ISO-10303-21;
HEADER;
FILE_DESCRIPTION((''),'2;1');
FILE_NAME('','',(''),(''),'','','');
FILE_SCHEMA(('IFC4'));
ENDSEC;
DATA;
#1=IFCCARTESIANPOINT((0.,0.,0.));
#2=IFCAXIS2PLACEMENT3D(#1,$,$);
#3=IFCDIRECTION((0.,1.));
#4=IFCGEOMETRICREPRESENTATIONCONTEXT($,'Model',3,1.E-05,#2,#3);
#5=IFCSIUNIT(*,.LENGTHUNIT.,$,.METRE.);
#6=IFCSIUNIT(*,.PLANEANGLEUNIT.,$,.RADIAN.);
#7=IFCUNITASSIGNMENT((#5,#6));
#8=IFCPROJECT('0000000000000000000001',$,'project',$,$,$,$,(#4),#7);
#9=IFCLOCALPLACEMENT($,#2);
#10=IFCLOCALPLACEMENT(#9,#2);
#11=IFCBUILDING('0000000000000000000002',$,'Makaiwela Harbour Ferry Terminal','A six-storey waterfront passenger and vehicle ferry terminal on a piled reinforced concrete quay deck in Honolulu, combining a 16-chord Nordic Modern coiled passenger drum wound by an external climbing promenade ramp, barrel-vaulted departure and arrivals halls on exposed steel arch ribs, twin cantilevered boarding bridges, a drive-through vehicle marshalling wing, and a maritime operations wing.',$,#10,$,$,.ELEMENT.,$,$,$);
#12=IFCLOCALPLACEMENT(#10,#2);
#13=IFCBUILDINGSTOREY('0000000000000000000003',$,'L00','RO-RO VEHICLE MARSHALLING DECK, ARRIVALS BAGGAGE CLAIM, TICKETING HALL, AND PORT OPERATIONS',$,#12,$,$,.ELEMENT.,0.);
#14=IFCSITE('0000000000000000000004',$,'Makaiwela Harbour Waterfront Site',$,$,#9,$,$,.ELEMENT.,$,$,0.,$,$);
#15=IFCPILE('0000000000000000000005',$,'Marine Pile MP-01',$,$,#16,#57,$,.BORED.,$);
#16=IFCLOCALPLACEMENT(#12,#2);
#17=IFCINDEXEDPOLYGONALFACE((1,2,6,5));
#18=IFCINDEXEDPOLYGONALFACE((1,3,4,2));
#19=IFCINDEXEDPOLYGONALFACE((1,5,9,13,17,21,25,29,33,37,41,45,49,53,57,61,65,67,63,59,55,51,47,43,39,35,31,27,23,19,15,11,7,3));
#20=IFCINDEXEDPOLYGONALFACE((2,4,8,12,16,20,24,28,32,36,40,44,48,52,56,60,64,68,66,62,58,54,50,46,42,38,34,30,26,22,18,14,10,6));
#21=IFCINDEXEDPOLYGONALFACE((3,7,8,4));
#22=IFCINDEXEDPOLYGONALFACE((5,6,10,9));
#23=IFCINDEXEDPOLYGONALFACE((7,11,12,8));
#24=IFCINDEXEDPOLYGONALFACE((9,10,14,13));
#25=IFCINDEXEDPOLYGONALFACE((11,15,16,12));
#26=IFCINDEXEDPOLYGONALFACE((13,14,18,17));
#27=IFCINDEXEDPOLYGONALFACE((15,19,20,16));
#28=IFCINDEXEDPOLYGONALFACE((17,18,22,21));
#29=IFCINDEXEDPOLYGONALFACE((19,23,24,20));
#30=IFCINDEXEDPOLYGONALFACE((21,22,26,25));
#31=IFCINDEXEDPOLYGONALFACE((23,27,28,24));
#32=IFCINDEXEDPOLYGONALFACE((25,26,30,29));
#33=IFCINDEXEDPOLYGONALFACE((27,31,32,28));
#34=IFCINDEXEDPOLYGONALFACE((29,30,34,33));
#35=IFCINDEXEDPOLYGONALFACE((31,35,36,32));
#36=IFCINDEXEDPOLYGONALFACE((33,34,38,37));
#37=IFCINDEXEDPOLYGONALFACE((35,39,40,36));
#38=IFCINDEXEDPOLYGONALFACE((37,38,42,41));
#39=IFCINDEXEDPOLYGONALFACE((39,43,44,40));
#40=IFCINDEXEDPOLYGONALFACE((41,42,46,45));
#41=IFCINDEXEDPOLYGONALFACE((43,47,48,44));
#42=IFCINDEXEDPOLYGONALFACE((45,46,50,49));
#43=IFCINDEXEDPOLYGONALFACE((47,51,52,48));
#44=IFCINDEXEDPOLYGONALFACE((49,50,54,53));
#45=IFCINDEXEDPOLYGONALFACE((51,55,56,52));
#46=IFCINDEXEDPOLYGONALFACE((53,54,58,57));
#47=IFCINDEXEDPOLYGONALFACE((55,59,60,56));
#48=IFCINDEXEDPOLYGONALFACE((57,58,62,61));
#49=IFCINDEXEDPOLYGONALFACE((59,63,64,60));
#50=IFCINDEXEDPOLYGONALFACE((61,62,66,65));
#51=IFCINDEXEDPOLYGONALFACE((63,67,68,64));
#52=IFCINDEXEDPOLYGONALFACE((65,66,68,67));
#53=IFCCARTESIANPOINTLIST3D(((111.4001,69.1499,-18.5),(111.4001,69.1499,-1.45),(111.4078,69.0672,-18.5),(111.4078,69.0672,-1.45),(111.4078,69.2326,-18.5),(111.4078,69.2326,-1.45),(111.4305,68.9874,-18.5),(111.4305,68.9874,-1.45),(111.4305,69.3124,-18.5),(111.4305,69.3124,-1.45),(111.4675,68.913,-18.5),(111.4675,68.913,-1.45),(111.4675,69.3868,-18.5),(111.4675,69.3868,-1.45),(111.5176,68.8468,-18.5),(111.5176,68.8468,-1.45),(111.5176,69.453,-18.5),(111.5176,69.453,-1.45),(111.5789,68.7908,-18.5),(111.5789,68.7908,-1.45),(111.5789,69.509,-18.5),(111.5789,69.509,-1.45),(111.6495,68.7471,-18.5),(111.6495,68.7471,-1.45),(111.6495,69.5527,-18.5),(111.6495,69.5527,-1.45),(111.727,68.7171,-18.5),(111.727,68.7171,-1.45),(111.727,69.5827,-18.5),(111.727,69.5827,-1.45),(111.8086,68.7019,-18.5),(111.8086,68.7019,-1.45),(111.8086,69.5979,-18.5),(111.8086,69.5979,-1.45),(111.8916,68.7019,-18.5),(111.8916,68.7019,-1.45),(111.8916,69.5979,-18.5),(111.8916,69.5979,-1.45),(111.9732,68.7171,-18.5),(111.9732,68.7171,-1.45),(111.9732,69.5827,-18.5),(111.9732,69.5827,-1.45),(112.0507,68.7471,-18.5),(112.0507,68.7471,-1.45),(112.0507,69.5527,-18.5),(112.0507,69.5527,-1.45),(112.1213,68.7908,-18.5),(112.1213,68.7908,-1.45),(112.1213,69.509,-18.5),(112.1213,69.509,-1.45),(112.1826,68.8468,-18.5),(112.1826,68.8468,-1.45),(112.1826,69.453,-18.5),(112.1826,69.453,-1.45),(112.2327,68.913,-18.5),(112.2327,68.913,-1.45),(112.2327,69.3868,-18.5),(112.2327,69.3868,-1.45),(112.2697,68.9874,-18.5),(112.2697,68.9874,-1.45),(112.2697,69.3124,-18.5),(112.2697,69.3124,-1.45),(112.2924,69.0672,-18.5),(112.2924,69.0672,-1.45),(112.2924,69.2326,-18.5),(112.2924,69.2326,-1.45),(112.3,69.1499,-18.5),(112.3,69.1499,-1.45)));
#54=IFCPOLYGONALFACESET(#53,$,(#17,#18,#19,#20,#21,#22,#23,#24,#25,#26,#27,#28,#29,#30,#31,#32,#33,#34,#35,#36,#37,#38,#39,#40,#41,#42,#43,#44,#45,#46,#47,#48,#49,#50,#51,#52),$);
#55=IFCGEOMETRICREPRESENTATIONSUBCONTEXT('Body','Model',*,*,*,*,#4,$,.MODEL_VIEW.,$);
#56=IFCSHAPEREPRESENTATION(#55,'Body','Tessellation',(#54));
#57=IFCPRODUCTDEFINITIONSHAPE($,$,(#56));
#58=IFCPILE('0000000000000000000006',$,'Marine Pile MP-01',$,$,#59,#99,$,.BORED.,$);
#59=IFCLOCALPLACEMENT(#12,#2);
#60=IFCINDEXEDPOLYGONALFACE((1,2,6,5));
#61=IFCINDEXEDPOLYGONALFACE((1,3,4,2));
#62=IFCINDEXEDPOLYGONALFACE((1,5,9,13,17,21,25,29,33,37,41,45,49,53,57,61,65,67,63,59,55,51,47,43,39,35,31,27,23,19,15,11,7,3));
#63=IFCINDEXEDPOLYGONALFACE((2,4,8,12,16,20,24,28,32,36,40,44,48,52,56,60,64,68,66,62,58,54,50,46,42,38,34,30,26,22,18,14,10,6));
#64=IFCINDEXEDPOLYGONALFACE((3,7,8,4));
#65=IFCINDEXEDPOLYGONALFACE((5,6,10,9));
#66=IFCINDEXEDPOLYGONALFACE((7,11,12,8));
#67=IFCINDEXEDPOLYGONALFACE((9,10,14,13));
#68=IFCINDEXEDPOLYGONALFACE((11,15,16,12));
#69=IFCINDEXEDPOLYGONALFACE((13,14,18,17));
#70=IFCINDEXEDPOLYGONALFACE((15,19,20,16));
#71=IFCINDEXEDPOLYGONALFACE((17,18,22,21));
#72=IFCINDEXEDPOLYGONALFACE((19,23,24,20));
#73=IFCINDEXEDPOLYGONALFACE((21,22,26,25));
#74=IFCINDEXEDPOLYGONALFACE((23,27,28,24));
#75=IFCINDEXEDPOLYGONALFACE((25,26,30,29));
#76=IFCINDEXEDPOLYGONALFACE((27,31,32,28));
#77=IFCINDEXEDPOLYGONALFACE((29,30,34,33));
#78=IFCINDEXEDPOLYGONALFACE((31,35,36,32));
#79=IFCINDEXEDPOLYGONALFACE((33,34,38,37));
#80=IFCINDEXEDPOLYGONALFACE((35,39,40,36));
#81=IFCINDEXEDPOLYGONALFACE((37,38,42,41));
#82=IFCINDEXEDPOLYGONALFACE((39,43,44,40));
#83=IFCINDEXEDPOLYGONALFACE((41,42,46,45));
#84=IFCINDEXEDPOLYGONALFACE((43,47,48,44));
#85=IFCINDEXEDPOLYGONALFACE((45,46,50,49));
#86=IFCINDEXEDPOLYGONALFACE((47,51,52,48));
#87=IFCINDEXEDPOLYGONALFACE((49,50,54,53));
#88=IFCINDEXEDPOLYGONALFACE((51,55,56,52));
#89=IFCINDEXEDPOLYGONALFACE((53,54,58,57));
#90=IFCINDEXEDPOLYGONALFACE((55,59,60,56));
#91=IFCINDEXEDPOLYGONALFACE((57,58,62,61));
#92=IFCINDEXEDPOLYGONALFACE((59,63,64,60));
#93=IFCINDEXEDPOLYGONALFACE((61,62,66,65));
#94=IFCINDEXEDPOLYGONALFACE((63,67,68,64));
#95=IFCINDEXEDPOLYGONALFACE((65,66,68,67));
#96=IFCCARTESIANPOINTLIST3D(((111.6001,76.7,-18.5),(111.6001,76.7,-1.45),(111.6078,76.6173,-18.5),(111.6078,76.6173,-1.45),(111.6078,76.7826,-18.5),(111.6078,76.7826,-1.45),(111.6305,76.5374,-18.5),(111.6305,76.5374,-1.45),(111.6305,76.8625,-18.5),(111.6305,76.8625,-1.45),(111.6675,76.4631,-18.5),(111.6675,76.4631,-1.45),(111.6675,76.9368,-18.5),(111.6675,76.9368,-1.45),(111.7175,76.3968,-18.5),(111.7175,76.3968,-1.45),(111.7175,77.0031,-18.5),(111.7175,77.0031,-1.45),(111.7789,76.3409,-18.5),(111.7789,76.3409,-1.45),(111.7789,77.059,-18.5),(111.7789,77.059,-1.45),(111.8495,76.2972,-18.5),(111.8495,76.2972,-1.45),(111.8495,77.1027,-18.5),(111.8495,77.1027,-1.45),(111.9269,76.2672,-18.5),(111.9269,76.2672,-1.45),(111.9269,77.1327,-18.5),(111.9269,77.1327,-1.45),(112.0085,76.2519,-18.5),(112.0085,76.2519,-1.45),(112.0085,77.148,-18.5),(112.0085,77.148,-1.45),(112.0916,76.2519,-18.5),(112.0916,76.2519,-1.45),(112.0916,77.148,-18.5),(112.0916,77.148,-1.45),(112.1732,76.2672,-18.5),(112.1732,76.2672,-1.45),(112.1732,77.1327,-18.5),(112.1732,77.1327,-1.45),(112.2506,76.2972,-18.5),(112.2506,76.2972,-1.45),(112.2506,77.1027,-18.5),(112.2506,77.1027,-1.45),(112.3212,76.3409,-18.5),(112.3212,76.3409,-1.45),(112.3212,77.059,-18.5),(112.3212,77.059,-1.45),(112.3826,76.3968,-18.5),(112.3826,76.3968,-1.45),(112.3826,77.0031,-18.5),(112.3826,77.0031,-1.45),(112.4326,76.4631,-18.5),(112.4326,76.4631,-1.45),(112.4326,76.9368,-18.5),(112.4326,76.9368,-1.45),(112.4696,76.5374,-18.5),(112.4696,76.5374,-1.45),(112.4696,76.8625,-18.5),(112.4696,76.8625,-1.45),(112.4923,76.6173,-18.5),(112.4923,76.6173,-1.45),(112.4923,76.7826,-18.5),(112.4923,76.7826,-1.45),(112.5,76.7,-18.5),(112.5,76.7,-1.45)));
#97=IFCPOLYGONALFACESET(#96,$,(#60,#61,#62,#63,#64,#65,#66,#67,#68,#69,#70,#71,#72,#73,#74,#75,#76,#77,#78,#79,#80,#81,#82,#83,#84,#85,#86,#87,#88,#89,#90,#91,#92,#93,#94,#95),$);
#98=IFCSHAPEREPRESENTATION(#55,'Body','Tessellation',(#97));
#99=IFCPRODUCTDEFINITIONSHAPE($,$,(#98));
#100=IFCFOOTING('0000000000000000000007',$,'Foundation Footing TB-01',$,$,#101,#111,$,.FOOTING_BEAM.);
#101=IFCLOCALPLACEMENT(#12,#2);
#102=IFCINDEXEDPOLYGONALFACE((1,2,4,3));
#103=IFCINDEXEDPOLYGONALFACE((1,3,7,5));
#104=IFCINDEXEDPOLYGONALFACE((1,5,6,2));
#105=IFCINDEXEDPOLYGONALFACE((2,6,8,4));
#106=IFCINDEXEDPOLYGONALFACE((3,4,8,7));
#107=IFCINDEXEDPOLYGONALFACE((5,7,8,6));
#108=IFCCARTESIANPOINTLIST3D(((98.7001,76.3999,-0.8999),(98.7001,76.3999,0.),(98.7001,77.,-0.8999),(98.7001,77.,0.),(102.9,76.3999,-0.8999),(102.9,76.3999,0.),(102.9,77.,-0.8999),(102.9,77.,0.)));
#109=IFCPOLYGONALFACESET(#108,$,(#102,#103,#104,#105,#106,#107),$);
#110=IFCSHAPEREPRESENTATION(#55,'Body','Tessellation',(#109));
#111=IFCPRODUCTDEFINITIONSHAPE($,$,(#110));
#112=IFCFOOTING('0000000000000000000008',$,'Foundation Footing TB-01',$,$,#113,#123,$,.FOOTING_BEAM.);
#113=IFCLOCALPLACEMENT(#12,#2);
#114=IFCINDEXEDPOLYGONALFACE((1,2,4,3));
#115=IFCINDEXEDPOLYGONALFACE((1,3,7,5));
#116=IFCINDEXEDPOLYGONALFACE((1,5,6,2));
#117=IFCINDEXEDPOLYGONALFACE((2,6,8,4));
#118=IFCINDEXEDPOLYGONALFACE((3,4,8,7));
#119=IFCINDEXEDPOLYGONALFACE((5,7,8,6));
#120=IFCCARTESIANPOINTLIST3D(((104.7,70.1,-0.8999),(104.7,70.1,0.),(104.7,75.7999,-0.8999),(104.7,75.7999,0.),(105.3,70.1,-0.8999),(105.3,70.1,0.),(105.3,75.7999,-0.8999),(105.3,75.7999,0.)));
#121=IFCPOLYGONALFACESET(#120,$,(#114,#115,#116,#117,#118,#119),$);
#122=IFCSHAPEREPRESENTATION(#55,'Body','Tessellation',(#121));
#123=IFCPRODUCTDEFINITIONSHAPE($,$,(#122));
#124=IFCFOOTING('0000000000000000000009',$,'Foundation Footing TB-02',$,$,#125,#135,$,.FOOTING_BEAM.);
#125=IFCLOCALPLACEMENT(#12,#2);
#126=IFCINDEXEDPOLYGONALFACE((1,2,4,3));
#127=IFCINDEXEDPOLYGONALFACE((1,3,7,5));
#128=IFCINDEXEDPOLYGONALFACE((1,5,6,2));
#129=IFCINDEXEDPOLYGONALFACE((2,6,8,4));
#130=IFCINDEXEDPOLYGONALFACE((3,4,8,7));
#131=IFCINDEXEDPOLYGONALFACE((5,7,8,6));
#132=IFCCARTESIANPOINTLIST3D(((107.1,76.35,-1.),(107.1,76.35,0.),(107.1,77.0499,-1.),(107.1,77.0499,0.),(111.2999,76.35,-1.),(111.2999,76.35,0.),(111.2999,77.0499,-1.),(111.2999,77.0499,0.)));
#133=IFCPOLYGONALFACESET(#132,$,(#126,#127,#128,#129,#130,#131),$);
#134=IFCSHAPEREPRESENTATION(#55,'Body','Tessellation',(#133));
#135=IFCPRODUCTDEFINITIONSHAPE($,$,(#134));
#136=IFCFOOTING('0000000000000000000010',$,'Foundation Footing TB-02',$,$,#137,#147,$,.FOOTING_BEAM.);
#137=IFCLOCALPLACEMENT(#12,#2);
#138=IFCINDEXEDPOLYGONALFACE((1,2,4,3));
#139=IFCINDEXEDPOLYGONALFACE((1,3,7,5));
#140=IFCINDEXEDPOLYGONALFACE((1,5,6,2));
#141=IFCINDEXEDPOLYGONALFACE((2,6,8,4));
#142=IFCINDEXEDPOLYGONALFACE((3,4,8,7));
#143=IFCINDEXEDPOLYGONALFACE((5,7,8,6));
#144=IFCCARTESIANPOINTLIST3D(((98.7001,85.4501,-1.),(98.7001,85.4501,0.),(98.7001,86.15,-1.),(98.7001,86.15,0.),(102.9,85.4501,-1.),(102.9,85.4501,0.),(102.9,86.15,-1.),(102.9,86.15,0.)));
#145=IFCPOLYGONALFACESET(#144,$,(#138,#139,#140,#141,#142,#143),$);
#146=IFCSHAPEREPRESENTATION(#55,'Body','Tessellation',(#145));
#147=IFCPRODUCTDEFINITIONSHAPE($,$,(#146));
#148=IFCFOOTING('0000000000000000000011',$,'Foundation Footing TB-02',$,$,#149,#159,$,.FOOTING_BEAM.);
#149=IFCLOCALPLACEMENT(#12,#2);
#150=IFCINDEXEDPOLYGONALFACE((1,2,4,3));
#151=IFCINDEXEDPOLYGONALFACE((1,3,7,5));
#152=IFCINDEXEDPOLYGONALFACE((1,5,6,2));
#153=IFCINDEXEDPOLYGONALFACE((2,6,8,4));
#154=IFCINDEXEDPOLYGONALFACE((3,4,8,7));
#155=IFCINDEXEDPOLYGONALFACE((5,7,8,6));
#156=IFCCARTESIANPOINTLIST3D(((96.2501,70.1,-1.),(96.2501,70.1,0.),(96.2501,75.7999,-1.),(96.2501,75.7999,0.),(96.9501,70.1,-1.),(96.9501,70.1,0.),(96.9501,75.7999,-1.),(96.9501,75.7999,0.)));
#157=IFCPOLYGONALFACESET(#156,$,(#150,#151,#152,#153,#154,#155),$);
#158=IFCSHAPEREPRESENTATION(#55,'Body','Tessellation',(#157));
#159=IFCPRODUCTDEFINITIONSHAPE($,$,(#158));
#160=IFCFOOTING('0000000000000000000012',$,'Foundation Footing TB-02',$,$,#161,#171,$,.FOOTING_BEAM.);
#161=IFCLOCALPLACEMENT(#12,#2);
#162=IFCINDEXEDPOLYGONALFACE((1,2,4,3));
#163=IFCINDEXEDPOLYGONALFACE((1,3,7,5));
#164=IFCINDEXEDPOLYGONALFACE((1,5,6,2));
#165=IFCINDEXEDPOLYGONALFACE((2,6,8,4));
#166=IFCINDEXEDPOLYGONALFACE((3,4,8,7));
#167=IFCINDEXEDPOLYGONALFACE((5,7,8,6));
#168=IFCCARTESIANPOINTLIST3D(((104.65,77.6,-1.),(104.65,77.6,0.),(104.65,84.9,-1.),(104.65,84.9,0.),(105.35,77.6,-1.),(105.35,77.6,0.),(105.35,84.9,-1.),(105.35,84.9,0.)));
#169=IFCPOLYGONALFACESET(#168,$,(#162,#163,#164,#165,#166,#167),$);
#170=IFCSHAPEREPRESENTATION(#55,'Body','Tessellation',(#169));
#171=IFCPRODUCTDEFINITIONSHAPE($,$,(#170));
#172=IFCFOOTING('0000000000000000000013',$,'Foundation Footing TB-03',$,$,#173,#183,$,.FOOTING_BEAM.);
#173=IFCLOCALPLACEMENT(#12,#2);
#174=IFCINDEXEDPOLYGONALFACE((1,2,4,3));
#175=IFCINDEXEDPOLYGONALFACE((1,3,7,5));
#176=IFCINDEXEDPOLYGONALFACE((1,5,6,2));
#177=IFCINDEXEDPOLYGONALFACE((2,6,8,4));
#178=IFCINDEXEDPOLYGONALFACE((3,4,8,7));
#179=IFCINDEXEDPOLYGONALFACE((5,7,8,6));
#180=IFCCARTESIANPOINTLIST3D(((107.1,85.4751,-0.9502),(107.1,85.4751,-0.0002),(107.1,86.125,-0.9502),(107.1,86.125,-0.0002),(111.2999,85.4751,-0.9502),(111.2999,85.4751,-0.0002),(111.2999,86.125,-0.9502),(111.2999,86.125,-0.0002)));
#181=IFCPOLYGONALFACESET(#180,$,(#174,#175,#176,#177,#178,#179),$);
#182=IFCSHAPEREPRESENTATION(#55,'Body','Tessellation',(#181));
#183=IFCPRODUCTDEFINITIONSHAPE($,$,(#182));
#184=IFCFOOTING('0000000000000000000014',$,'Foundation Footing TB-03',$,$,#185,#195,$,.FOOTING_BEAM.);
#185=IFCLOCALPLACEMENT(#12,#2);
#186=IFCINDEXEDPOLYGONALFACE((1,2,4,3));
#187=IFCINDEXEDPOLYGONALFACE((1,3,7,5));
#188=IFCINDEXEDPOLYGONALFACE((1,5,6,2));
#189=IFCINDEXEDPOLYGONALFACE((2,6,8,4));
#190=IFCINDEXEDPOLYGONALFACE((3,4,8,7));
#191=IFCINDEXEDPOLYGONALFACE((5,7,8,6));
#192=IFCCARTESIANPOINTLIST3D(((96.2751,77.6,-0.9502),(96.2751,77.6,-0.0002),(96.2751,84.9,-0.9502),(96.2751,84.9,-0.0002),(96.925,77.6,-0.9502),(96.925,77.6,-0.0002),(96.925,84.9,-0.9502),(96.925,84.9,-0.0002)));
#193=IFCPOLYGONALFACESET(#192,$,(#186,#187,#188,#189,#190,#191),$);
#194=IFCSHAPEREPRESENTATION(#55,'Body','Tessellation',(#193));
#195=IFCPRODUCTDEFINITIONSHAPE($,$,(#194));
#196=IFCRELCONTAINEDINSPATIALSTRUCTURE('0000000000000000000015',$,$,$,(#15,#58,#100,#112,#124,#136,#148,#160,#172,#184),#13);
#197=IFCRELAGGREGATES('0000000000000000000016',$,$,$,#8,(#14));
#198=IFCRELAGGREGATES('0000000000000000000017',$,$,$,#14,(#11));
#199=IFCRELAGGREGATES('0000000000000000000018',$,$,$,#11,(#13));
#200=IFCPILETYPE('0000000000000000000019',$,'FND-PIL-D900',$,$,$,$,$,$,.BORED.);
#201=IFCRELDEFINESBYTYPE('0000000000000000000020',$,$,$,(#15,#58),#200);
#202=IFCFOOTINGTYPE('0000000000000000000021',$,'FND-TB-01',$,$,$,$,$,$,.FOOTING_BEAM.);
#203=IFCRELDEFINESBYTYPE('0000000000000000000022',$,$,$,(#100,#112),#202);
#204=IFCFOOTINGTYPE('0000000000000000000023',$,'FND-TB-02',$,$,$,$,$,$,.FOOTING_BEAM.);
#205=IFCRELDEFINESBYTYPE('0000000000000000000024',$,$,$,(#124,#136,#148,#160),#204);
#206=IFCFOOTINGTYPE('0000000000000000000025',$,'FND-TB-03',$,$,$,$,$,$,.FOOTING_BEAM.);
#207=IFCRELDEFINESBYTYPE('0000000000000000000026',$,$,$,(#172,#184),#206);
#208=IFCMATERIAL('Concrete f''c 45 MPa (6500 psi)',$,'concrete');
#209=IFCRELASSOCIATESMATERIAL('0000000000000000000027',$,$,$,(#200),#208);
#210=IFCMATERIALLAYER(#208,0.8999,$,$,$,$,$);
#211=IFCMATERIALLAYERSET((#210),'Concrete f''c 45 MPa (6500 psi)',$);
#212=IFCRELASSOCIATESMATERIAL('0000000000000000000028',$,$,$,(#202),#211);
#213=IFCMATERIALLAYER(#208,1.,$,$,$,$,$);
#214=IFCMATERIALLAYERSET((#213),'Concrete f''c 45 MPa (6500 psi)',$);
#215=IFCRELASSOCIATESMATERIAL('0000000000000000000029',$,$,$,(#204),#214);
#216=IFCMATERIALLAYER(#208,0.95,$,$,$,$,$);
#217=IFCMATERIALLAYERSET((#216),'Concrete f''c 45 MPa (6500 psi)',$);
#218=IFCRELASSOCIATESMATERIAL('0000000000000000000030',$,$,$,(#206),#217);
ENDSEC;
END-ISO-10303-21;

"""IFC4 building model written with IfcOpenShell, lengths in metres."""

from ifc_helpers import new_model, si_unit, direction, frame, origin, origin_2d, place, context, subcontext, project, spatial, rectangle, circle, extrude, material, layer, layer_set, material_profile, profile_set, type_object, element, save


model = new_model("IFC4")

# Units and contexts
model_context = context("Model", 3, precision=1e-05, world=origin(), true_north=direction((0.0, 1.0)))
body_context = subcontext(model_context, "Body", "Model", "MODEL_VIEW")
ifc_project = project(units=[si_unit("LENGTHUNIT", "METRE"), si_unit("PLANEANGLEUNIT", "RADIAN")], contexts=[model_context])

# Site, building, storey
site_placement = place(None, origin())
site = spatial("IfcSite", under=ifc_project, at=site_placement, Name="Makaiwela Harbour Waterfront Site", CompositionType="ELEMENT", RefElevation=0.0)
building_placement = place(site_placement, origin())
building = spatial("IfcBuilding", under=site, at=building_placement, Name="Makaiwela Harbour Ferry Terminal", Description="A six-storey waterfront passenger and vehicle ferry terminal on a piled reinforced concrete quay deck in Honolulu, combining a 16-chord Nordic Modern coiled passenger drum wound by an external climbing promenade ramp, barrel-vaulted departure and arrivals halls on exposed steel arch ribs, twin cantilevered boarding bridges, a drive-through vehicle marshalling wing, and a maritime operations wing.", CompositionType="ELEMENT")
storey_placement = place(building_placement, origin())
storey = spatial("IfcBuildingStorey", under=building, at=storey_placement, Name="L00", Description="RO-RO VEHICLE MARSHALLING DECK, ARRIVALS BAGGAGE CLAIM, TICKETING HALL, AND PORT OPERATIONS", CompositionType="ELEMENT", Elevation=0.0)

# Shared definitions
ifc_material_1 = material(Name="Concrete f'c 45 MPa (6500 psi)", Category="concrete")

# Piles
ifc_material_profile_1 = material_profile(ifc_material_1, circle(Radius=0.45, at=origin_2d()), Name="PILE-D900")
ifc_profile_set_1 = profile_set([ifc_material_profile_1], Name="Concrete f'c 45 MPa (6500 psi)")
pile_type = type_object("IfcPileType", Name="FND-PIL-D900", PredefinedType="BORED", material=ifc_profile_set_1)
for number, where, z_axis, x_axis, name in (
    (1, (111.8501, 69.1499, -1.45), (0.0, 0.0, -1.0), (1.0, 0.0, 0.0), "Marine Pile MP-01"),
    (2, (112.05, 76.7, -1.45), (0.0, 0.0, -1.0), (1.0, 0.0, 0.0), "Marine Pile MP-01"),
):
    element("IfcPile", number, at=place(storey_placement, frame(where, z_axis=z_axis, x_axis=x_axis)), inside=storey, type_object=pile_type, Name=name, PredefinedType="BORED", context=body_context, shape_type="SweptSolid", body=[
        extrude(circle(Radius=0.45, at=origin_2d()), origin(), (0.0, 0.0, 1.0), 17.05),
    ])

# Footings
ifc_layer_1 = layer(ifc_material_1, 0.8999)
ifc_layer_set_1 = layer_set([ifc_layer_1], Name="Concrete f'c 45 MPa (6500 psi)")
footing_type_1 = type_object("IfcFootingType", Name="FND-TB-01", PredefinedType="FOOTING_BEAM", material=ifc_layer_set_1)
footing_1_placement = place(storey_placement, frame((100.8, 76.7, -0.8999), z_axis=(0.0, 0.0, 1.0), x_axis=(1.0, 0.0, 0.0)))
element("IfcFooting", 3, at=footing_1_placement, inside=storey, type_object=footing_type_1, Name="Foundation Footing TB-01", PredefinedType="FOOTING_BEAM", context=body_context, shape_type="SweptSolid", body=[
    extrude(rectangle(XDim=4.2, YDim=0.6001, at=origin_2d()), origin(), (0.0, 0.0, 1.0), 0.8999),
])
footing_2_placement = place(storey_placement, frame((105.0, 72.95, -0.8999), z_axis=(0.0, 0.0, 1.0), x_axis=(0.0, 1.0, 0.0)))
element("IfcFooting", 4, at=footing_2_placement, inside=storey, type_object=footing_type_1, Name="Foundation Footing TB-01", PredefinedType="FOOTING_BEAM", context=body_context, shape_type="SweptSolid", body=[
    extrude(rectangle(XDim=5.7, YDim=0.6001, at=origin_2d()), origin(), (0.0, 0.0, 1.0), 0.8999),
])
ifc_layer_2 = layer(ifc_material_1, 1.0)
ifc_layer_set_2 = layer_set([ifc_layer_2], Name="Concrete f'c 45 MPa (6500 psi)")
footing_type_2 = type_object("IfcFootingType", Name="FND-TB-02", PredefinedType="FOOTING_BEAM", material=ifc_layer_set_2)
for number, where, z_axis, x_axis, name in (
    (5, (109.2, 76.7, -1.0), (0.0, 0.0, 1.0), (1.0, 0.0, 0.0), "Foundation Footing TB-02"),
    (6, (100.8, 85.8, -1.0), (0.0, 0.0, 1.0), (1.0, 0.0, 0.0), "Foundation Footing TB-02"),
):
    element("IfcFooting", number, at=place(storey_placement, frame(where, z_axis=z_axis, x_axis=x_axis)), inside=storey, type_object=footing_type_2, Name=name, PredefinedType="FOOTING_BEAM", context=body_context, shape_type="SweptSolid", body=[
        extrude(rectangle(XDim=4.2, YDim=0.7, at=origin_2d()), origin(), (0.0, 0.0, 1.0), 1.0),
    ])
footing_3_placement = place(storey_placement, frame((96.6001, 72.95, -1.0), z_axis=(0.0, 0.0, 1.0), x_axis=(0.0, 1.0, 0.0)))
element("IfcFooting", 7, at=footing_3_placement, inside=storey, type_object=footing_type_2, Name="Foundation Footing TB-02", PredefinedType="FOOTING_BEAM", context=body_context, shape_type="SweptSolid", body=[
    extrude(rectangle(XDim=5.7, YDim=0.7, at=origin_2d()), origin(), (0.0, 0.0, 1.0), 1.0),
])
footing_4_placement = place(storey_placement, frame((105.0, 81.25, -1.0), z_axis=(0.0, 0.0, 1.0), x_axis=(0.0, 1.0, 0.0)))
element("IfcFooting", 8, at=footing_4_placement, inside=storey, type_object=footing_type_2, Name="Foundation Footing TB-02", PredefinedType="FOOTING_BEAM", context=body_context, shape_type="SweptSolid", body=[
    extrude(rectangle(XDim=7.3, YDim=0.7, at=origin_2d()), origin(), (0.0, 0.0, 1.0), 1.0),
])
ifc_layer_3 = layer(ifc_material_1, 0.95)
ifc_layer_set_3 = layer_set([ifc_layer_3], Name="Concrete f'c 45 MPa (6500 psi)")
footing_type_3 = type_object("IfcFootingType", Name="FND-TB-03", PredefinedType="FOOTING_BEAM", material=ifc_layer_set_3)
footing_5_placement = place(storey_placement, frame((109.2, 85.8, -0.9502), z_axis=(0.0, 0.0, 1.0), x_axis=(1.0, 0.0, 0.0)))
element("IfcFooting", 9, at=footing_5_placement, inside=storey, type_object=footing_type_3, Name="Foundation Footing TB-03", PredefinedType="FOOTING_BEAM", context=body_context, shape_type="SweptSolid", body=[
    extrude(rectangle(XDim=4.2, YDim=0.6499, at=origin_2d()), origin(), (0.0, 0.0, 1.0), 0.95),
])
footing_6_placement = place(storey_placement, frame((96.6001, 81.25, -0.9502), z_axis=(0.0, 0.0, 1.0), x_axis=(0.0, 1.0, 0.0)))
element("IfcFooting", 10, at=footing_6_placement, inside=storey, type_object=footing_type_3, Name="Foundation Footing TB-03", PredefinedType="FOOTING_BEAM", context=body_context, shape_type="SweptSolid", body=[
    extrude(rectangle(XDim=7.3, YDim=0.6499, at=origin_2d()), origin(), (0.0, 0.0, 1.0), 0.95),
])

save(model, "model.ifc")
